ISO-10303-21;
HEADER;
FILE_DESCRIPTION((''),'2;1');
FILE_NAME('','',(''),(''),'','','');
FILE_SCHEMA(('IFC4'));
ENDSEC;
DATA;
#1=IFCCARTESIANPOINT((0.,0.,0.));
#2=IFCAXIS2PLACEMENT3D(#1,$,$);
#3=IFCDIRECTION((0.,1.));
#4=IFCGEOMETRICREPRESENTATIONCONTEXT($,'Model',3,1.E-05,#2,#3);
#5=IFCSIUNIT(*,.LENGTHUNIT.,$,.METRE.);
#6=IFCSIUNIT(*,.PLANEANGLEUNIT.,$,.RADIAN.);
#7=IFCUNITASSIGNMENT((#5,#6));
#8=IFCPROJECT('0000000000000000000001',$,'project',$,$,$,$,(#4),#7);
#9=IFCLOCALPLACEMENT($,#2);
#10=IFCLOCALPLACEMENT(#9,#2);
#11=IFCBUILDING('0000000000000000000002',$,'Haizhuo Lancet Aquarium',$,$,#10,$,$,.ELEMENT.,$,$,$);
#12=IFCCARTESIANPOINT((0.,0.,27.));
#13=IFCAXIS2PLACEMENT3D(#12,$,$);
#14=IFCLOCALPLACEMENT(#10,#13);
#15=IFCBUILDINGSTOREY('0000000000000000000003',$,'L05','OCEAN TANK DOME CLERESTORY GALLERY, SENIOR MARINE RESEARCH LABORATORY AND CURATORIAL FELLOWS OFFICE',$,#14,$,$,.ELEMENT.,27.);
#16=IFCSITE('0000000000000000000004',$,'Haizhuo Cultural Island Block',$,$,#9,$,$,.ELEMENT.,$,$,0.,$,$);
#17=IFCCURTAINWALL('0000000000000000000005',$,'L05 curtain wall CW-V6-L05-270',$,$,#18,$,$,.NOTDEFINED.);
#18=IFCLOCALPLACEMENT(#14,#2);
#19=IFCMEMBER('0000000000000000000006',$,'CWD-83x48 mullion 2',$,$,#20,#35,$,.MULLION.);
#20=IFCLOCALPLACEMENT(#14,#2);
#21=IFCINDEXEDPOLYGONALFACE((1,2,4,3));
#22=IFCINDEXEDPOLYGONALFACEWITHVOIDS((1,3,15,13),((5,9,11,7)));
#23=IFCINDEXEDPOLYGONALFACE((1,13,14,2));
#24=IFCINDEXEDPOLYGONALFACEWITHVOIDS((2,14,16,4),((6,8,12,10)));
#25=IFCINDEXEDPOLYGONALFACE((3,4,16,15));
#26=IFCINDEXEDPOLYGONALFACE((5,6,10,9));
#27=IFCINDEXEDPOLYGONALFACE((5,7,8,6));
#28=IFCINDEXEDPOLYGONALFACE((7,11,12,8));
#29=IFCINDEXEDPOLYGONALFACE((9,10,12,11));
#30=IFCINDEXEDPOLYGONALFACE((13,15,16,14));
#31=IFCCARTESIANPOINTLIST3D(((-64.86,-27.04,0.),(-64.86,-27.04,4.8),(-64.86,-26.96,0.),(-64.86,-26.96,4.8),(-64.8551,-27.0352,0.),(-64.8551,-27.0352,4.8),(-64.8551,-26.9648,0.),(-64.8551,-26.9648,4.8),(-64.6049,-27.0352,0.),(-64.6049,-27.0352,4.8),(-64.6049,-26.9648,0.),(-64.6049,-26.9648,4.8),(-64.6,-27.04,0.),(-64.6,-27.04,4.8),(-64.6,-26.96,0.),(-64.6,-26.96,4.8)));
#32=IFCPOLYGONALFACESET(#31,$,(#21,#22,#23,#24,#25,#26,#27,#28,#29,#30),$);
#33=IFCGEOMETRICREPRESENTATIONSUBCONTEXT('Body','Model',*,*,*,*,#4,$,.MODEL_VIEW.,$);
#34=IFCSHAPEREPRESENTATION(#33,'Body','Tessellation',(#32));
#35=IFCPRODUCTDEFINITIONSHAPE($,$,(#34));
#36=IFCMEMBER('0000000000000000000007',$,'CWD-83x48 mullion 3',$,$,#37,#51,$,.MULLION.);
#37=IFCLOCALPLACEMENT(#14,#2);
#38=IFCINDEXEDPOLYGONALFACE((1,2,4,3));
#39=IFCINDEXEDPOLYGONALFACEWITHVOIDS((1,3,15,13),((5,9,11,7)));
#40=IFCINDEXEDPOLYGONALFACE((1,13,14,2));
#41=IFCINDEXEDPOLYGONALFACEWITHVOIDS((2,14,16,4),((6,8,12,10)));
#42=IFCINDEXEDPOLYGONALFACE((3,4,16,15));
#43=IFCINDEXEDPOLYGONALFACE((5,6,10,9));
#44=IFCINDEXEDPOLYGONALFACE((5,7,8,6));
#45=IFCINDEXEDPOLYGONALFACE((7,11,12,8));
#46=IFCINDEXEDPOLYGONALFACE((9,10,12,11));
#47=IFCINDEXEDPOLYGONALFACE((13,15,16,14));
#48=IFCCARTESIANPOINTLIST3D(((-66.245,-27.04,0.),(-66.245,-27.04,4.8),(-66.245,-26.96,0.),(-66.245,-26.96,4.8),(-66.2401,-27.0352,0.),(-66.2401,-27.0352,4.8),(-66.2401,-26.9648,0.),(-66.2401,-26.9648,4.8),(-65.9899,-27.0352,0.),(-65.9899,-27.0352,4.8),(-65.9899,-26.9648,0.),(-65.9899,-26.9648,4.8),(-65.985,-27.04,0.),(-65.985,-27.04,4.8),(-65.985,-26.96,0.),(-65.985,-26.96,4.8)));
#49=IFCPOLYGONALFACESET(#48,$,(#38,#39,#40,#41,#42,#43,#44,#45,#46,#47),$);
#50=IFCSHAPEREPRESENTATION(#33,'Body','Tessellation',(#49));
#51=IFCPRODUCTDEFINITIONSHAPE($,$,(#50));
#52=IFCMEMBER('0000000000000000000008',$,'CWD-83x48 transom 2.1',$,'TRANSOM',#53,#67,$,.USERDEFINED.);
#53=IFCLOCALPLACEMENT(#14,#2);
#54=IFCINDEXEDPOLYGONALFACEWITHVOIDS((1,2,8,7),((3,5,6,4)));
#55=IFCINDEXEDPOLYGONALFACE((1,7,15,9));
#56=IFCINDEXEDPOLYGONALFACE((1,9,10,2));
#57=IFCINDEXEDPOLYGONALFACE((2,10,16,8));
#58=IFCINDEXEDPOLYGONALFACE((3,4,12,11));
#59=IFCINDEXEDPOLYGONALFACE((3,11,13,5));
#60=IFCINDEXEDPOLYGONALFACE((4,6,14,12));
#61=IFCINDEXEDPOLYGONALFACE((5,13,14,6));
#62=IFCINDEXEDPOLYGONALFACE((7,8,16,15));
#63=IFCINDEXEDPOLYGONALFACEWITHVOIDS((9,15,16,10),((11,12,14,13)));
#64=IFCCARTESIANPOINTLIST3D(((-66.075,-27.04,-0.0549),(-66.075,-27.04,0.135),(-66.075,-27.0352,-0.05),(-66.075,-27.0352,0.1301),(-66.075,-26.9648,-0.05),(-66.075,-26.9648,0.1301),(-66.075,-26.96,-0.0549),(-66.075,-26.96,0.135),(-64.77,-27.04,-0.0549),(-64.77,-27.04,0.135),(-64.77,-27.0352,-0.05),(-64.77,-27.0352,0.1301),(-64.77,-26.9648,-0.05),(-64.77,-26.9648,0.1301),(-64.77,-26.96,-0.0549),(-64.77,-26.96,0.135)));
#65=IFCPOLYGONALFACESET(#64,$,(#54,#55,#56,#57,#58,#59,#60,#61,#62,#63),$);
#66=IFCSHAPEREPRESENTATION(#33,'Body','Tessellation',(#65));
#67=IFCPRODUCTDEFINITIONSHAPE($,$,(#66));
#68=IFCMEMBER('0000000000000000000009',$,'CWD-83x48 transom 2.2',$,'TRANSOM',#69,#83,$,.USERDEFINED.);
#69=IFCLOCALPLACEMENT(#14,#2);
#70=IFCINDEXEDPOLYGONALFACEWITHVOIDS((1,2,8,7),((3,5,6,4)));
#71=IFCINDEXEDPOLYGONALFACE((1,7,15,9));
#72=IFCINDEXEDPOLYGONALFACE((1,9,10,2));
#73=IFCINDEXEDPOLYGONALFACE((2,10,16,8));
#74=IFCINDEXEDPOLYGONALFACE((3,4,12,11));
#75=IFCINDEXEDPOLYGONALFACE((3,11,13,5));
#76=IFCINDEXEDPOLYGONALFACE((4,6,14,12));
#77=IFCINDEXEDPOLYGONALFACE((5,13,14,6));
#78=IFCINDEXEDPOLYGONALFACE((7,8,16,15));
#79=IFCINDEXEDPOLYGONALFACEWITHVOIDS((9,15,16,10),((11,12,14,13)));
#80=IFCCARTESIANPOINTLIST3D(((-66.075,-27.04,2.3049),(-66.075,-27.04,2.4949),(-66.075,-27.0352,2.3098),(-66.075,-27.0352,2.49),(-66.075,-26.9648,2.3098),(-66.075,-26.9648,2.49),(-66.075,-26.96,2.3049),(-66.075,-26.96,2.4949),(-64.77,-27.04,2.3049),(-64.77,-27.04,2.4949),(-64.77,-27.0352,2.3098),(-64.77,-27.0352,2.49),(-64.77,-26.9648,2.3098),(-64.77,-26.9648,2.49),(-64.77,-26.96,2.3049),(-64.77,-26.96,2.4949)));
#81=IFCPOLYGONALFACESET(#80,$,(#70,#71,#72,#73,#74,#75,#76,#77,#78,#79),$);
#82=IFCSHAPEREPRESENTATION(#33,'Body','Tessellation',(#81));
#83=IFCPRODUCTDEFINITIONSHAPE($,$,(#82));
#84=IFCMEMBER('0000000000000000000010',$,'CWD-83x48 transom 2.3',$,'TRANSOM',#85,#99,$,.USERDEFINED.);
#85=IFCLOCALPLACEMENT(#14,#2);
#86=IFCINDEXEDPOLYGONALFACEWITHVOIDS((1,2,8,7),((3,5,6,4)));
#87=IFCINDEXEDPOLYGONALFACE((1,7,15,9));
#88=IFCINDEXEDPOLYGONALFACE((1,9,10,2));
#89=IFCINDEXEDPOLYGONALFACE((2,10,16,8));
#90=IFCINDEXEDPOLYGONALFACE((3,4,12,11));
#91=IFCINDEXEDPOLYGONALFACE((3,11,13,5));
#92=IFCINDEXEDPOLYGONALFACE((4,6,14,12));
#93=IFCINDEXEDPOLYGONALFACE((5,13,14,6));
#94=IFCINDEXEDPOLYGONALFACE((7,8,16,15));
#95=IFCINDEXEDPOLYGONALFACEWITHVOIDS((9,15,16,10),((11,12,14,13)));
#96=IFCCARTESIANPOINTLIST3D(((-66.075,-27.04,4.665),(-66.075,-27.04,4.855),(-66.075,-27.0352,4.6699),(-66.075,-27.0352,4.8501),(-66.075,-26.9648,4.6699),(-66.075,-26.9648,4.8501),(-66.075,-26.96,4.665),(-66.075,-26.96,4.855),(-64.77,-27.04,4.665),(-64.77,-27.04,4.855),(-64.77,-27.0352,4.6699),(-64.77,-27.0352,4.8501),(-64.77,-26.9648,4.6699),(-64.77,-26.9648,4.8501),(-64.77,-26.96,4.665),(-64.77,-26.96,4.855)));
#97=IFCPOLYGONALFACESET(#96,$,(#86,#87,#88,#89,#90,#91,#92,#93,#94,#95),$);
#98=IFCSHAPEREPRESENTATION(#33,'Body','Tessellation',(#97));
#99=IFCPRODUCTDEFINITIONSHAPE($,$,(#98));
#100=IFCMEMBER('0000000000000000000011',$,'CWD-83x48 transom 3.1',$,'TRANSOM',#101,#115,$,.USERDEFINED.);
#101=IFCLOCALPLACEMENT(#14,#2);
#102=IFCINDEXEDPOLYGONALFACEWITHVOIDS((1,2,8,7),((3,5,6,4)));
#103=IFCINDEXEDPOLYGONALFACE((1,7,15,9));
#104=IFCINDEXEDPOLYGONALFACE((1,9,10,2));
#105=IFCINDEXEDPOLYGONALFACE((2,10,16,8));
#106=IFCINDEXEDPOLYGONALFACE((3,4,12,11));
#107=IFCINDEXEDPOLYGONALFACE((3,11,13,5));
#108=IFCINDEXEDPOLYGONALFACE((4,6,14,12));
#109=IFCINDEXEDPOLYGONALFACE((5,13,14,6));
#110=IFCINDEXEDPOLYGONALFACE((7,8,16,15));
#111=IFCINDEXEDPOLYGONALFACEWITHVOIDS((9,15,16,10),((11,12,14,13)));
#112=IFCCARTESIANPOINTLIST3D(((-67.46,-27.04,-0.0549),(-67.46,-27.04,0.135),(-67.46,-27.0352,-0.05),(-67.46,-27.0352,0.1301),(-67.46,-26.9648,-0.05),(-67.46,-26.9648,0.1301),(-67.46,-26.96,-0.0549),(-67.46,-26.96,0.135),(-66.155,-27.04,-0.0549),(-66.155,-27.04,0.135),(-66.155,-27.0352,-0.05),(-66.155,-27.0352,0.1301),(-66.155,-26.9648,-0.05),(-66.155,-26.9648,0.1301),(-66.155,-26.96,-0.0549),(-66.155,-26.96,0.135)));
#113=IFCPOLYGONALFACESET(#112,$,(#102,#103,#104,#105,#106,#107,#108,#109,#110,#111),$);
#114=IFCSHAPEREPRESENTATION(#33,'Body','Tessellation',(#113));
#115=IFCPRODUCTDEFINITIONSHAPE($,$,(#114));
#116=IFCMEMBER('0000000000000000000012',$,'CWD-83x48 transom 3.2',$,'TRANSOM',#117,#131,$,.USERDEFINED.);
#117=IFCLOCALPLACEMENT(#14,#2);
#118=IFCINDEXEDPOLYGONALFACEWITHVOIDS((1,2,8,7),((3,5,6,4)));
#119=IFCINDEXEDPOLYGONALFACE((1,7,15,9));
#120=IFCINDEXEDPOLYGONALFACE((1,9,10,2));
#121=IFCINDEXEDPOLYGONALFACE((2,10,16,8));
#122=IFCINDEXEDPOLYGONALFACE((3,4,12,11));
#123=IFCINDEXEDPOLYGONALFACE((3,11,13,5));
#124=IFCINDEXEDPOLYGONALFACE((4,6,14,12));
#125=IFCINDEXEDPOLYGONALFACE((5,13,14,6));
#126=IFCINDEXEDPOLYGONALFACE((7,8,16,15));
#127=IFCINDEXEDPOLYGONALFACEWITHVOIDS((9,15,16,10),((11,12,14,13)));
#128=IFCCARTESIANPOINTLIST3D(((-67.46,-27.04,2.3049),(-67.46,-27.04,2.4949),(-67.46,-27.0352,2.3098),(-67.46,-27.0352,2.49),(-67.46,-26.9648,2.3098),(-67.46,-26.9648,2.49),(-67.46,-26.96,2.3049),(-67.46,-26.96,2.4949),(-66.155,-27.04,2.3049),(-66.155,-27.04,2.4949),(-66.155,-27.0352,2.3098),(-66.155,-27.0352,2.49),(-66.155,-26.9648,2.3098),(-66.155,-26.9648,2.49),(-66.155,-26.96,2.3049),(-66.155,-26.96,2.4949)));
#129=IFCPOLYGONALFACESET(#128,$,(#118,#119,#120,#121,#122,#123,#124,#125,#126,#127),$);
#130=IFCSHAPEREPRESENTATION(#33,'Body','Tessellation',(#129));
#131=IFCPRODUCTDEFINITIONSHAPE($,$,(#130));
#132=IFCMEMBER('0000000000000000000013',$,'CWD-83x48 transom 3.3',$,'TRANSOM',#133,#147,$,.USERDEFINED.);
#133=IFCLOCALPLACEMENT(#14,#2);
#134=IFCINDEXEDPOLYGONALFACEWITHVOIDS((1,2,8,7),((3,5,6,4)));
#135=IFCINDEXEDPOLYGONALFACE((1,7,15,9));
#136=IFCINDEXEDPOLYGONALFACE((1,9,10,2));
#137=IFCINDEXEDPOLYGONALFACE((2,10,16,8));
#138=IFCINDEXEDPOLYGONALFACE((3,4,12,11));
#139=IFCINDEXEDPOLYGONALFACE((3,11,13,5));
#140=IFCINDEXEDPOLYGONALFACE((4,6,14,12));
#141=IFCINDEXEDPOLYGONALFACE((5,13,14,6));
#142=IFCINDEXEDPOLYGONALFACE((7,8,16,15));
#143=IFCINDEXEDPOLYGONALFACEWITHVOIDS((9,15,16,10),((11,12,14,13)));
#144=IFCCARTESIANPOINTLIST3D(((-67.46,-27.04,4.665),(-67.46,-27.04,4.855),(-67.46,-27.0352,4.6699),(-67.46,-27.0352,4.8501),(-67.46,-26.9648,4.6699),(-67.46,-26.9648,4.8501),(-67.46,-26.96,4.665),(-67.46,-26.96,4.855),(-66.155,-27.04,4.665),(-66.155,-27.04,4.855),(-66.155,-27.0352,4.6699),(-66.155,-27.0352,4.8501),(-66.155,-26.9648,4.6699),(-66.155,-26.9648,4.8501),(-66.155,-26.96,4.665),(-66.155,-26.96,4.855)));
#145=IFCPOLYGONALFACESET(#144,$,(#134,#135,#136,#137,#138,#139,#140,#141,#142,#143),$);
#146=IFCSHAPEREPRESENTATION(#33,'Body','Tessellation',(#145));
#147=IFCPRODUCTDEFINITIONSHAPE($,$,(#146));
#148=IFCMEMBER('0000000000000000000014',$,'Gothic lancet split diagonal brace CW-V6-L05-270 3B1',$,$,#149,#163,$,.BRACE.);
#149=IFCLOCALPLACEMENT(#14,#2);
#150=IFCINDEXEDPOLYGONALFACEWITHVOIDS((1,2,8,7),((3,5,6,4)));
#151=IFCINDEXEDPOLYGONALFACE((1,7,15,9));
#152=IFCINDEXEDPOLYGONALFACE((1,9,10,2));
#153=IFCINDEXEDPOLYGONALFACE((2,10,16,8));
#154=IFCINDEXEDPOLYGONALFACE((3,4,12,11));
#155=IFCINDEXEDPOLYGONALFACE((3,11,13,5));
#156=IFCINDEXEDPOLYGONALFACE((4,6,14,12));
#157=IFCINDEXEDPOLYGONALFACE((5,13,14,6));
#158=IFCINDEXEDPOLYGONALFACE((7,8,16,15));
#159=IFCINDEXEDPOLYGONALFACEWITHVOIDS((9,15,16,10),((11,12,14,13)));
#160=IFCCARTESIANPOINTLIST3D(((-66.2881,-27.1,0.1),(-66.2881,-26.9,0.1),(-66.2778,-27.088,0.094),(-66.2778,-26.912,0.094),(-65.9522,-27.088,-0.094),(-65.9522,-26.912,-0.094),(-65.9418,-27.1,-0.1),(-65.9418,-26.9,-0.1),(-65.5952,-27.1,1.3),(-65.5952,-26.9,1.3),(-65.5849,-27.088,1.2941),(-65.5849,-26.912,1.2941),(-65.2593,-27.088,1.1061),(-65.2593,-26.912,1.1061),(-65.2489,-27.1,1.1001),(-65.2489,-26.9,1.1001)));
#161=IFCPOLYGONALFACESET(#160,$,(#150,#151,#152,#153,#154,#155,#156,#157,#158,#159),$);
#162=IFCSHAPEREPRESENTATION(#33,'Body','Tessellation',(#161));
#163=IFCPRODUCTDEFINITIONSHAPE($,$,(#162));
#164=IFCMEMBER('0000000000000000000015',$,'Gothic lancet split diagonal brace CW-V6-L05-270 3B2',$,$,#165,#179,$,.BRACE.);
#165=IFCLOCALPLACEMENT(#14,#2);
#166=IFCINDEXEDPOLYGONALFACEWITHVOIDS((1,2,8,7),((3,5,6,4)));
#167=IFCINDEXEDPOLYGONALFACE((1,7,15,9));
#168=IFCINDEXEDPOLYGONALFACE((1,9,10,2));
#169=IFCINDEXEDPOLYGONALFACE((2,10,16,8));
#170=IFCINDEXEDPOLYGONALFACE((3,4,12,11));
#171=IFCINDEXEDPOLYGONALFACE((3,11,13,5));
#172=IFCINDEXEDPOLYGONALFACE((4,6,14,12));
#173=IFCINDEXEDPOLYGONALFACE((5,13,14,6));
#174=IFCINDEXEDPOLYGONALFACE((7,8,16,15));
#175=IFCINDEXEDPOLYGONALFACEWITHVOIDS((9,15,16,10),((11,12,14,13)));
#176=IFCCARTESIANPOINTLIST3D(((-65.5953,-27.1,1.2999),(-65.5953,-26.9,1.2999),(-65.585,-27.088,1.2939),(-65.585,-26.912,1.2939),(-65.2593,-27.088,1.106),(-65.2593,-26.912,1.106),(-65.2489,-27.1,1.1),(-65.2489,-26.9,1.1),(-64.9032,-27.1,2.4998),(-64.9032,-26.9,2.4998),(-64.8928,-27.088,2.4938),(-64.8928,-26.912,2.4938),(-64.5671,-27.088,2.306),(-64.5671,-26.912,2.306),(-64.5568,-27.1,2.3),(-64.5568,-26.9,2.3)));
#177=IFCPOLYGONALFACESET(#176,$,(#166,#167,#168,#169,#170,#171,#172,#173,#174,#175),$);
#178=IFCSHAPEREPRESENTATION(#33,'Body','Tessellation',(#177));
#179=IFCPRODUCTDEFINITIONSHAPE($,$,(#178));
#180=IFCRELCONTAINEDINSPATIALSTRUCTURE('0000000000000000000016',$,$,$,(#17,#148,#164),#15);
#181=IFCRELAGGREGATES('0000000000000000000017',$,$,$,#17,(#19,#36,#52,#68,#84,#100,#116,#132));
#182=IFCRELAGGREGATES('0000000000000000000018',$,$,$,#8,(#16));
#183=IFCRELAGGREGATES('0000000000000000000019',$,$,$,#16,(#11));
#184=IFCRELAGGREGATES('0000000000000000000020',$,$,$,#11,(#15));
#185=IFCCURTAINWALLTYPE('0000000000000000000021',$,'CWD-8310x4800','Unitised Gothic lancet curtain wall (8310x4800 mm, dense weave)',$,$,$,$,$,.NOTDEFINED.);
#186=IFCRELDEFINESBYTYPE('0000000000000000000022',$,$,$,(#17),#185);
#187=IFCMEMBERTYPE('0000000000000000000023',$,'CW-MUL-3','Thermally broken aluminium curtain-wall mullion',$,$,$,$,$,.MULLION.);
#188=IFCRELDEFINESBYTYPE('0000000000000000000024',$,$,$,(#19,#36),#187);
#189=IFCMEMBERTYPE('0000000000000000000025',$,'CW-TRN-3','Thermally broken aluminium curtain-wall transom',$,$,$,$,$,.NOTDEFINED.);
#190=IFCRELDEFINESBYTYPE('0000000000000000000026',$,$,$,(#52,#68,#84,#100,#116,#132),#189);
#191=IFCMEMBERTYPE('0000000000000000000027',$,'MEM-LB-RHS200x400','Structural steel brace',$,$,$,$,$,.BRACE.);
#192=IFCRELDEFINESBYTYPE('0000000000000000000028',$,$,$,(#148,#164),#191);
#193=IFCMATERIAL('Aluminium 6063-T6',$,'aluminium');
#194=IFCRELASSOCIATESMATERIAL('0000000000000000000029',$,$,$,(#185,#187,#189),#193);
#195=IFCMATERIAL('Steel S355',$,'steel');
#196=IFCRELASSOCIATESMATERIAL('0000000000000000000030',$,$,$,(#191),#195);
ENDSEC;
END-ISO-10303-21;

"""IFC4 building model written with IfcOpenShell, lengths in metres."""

from ifc_helpers import new_model, si_unit, direction, frame, origin, origin_2d, place, context, subcontext, project, spatial, hollow_rectangle, extrude, material, material_profile, profile_set, type_object, element, aggregate, save


model = new_model("IFC4")

# Units and contexts
model_context = context("Model", 3, precision=1e-05, world=origin(), true_north=direction((0.0, 1.0)))
body_context = subcontext(model_context, "Body", "Model", "MODEL_VIEW")
ifc_project = project(units=[si_unit("LENGTHUNIT", "METRE"), si_unit("PLANEANGLEUNIT", "RADIAN")], contexts=[model_context])

# Site, building, storey
site_placement = place(None, origin())
site = spatial("IfcSite", under=ifc_project, at=site_placement, Name="Haizhuo Cultural Island Block", CompositionType="ELEMENT", RefElevation=0.0)
building_placement = place(site_placement, origin())
building = spatial("IfcBuilding", under=site, at=building_placement, Name="Haizhuo Lancet Aquarium", CompositionType="ELEMENT")
storey_placement = place(building_placement, frame((0.0, 0.0, 27.0)))
storey = spatial("IfcBuildingStorey", under=building, at=storey_placement, Name="L05", Description="OCEAN TANK DOME CLERESTORY GALLERY, SENIOR MARINE RESEARCH LABORATORY AND CURATORIAL FELLOWS OFFICE", CompositionType="ELEMENT", Elevation=27.0)

# Curtain wall, members
ifc_material_1 = material(Name="Aluminium 6063-T6", Category="aluminium")
curtain_wall_type = type_object("IfcCurtainWallType", Name="CWD-8310x4800", Description="Unitised Gothic lancet curtain wall (8310x4800 mm, dense weave)", PredefinedType="NOTDEFINED", material=ifc_material_1)
curtain_wall_placement = place(storey_placement, origin())
curtain_wall = element("IfcCurtainWall", 1, at=curtain_wall_placement, inside=storey, type_object=curtain_wall_type, Name="L05 curtain wall CW-V6-L05-270", PredefinedType="NOTDEFINED")
ifc_material_profile_1 = material_profile(ifc_material_1, hollow_rectangle(XDim=0.0801, YDim=0.26, WallThickness=0.0049, at=origin_2d()), Name="ALU-M 80x260x5")
ifc_profile_set_1 = profile_set([ifc_material_profile_1], Name="Aluminium 6063-T6")
member_type_1 = type_object("IfcMemberType", Name="CW-MUL-3", Description="Thermally broken aluminium curtain-wall mullion", PredefinedType="MULLION", material=ifc_profile_set_1)
member_1_placement = place(storey_placement, frame((-64.73, -27.0, 0.0), z_axis=(0.0, 0.0, 1.0), x_axis=(0.0, -1.0, 0.0)))
member_1 = element("IfcMember", 2, at=member_1_placement, type_object=member_type_1, Name="CWD-83x48 mullion 2", PredefinedType="MULLION", context=body_context, shape_type="SweptSolid", body=[
    extrude(hollow_rectangle(XDim=0.0801, YDim=0.26, WallThickness=0.0049, at=origin_2d()), origin(), (0.0, 0.0, 1.0), 4.8),
])
member_2_placement = place(storey_placement, frame((-66.115, -27.0, 0.0), z_axis=(0.0, 0.0, 1.0), x_axis=(0.0, -1.0, 0.0)))
member_2 = element("IfcMember", 3, at=member_2_placement, type_object=member_type_1, Name="CWD-83x48 mullion 3", PredefinedType="MULLION", context=body_context, shape_type="SweptSolid", body=[
    extrude(hollow_rectangle(XDim=0.0801, YDim=0.26, WallThickness=0.0049, at=origin_2d()), origin(), (0.0, 0.0, 1.0), 4.8),
])
ifc_material_profile_2 = material_profile(ifc_material_1, hollow_rectangle(XDim=0.0801, YDim=0.1899, WallThickness=0.0049, at=origin_2d()), Name="ALU-T 80x190x5")
ifc_profile_set_2 = profile_set([ifc_material_profile_2], Name="Aluminium 6063-T6")
member_type_2 = type_object("IfcMemberType", Name="CW-TRN-3", Description="Thermally broken aluminium curtain-wall transom", PredefinedType="NOTDEFINED", material=ifc_profile_set_2)
member_3_placement = place(storey_placement, frame((-64.77, -27.0, 0.04), z_axis=(-1.0, 0.0, 0.0), x_axis=(0.0, -1.0, 0.0)))
member_3 = element("IfcMember", 4, at=member_3_placement, type_object=member_type_2, Name="CWD-83x48 transom 2.1", ObjectType="TRANSOM", PredefinedType="USERDEFINED", context=body_context, shape_type="SweptSolid", body=[
    extrude(hollow_rectangle(XDim=0.0801, YDim=0.1899, WallThickness=0.0049, at=origin_2d()), origin(), (0.0, 0.0, 1.0), 1.3049),
])
member_4_placement = place(storey_placement, frame((-64.77, -27.0, 2.3999), z_axis=(-1.0, 0.0, 0.0), x_axis=(0.0, -1.0, 0.0)))
member_4 = element("IfcMember", 5, at=member_4_placement, type_object=member_type_2, Name="CWD-83x48 transom 2.2", ObjectType="TRANSOM", PredefinedType="USERDEFINED", context=body_context, shape_type="SweptSolid", body=[
    extrude(hollow_rectangle(XDim=0.0801, YDim=0.1899, WallThickness=0.0049, at=origin_2d()), origin(), (0.0, 0.0, 1.0), 1.3049),
])
member_5_placement = place(storey_placement, frame((-64.77, -27.0, 4.76), z_axis=(-1.0, 0.0, 0.0), x_axis=(0.0, -1.0, 0.0)))
member_5 = element("IfcMember", 6, at=member_5_placement, type_object=member_type_2, Name="CWD-83x48 transom 2.3", ObjectType="TRANSOM", PredefinedType="USERDEFINED", context=body_context, shape_type="SweptSolid", body=[
    extrude(hollow_rectangle(XDim=0.0801, YDim=0.1899, WallThickness=0.0049, at=origin_2d()), origin(), (0.0, 0.0, 1.0), 1.3049),
])
member_6_placement = place(storey_placement, frame((-66.155, -27.0, 0.04), z_axis=(-1.0, 0.0, 0.0), x_axis=(0.0, -1.0, 0.0)))
member_6 = element("IfcMember", 7, at=member_6_placement, type_object=member_type_2, Name="CWD-83x48 transom 3.1", ObjectType="TRANSOM", PredefinedType="USERDEFINED", context=body_context, shape_type="SweptSolid", body=[
    extrude(hollow_rectangle(XDim=0.0801, YDim=0.1899, WallThickness=0.0049, at=origin_2d()), origin(), (0.0, 0.0, 1.0), 1.3049),
])
member_7_placement = place(storey_placement, frame((-66.155, -27.0, 2.3999), z_axis=(-1.0, 0.0, 0.0), x_axis=(0.0, -1.0, 0.0)))
member_7 = element("IfcMember", 8, at=member_7_placement, type_object=member_type_2, Name="CWD-83x48 transom 3.2", ObjectType="TRANSOM", PredefinedType="USERDEFINED", context=body_context, shape_type="SweptSolid", body=[
    extrude(hollow_rectangle(XDim=0.0801, YDim=0.1899, WallThickness=0.0049, at=origin_2d()), origin(), (0.0, 0.0, 1.0), 1.3049),
])
member_8_placement = place(storey_placement, frame((-66.155, -27.0, 4.76), z_axis=(-1.0, 0.0, 0.0), x_axis=(0.0, -1.0, 0.0)))
member_8 = element("IfcMember", 9, at=member_8_placement, type_object=member_type_2, Name="CWD-83x48 transom 3.3", ObjectType="TRANSOM", PredefinedType="USERDEFINED", context=body_context, shape_type="SweptSolid", body=[
    extrude(hollow_rectangle(XDim=0.0801, YDim=0.1899, WallThickness=0.0049, at=origin_2d()), origin(), (0.0, 0.0, 1.0), 1.3049),
])

# Members
ifc_material_2 = material(Name="Steel S355", Category="steel")
ifc_material_profile_3 = material_profile(ifc_material_2, hollow_rectangle(XDim=0.2, YDim=0.3999, WallThickness=0.012, at=origin_2d()), Name="RHS 200x400x12")
ifc_profile_set_3 = profile_set([ifc_material_profile_3], Name="Steel S355")
member_type_3 = type_object("IfcMemberType", Name="MEM-LB-RHS200x400", Description="Structural steel brace", PredefinedType="BRACE", material=ifc_profile_set_3)
member_9_placement = place(storey_placement, frame((-66.115, -27.0, 0.0), z_axis=(0.500043, 0.0, 0.866001), x_axis=(0.0, 1.0, 0.0)))
element("IfcMember", 10, at=member_9_placement, inside=storey, type_object=member_type_3, Name="Gothic lancet split diagonal brace CW-V6-L05-270 3B1", PredefinedType="BRACE", context=body_context, shape_type="SweptSolid", body=[
    extrude(hollow_rectangle(XDim=0.2, YDim=0.3999, WallThickness=0.012, at=origin_2d()), origin(), (0.0, 0.0, 1.0), 1.3857),
])
member_10_placement = place(storey_placement, frame((-65.4221, -27.0, 1.2), z_axis=(0.499646, 0.0, 0.86623), x_axis=(0.0, 1.0, 0.0)))
element("IfcMember", 11, at=member_10_placement, inside=storey, type_object=member_type_3, Name="Gothic lancet split diagonal brace CW-V6-L05-270 3B2", PredefinedType="BRACE", context=body_context, shape_type="SweptSolid", body=[
    extrude(hollow_rectangle(XDim=0.2, YDim=0.3999, WallThickness=0.012, at=origin_2d()), origin(), (0.0, 0.0, 1.0), 1.3853),
])

aggregate(curtain_wall, [member_1, member_2, member_3, member_4, member_5, member_6, member_7, member_8])

save(model, "model.ifc")
